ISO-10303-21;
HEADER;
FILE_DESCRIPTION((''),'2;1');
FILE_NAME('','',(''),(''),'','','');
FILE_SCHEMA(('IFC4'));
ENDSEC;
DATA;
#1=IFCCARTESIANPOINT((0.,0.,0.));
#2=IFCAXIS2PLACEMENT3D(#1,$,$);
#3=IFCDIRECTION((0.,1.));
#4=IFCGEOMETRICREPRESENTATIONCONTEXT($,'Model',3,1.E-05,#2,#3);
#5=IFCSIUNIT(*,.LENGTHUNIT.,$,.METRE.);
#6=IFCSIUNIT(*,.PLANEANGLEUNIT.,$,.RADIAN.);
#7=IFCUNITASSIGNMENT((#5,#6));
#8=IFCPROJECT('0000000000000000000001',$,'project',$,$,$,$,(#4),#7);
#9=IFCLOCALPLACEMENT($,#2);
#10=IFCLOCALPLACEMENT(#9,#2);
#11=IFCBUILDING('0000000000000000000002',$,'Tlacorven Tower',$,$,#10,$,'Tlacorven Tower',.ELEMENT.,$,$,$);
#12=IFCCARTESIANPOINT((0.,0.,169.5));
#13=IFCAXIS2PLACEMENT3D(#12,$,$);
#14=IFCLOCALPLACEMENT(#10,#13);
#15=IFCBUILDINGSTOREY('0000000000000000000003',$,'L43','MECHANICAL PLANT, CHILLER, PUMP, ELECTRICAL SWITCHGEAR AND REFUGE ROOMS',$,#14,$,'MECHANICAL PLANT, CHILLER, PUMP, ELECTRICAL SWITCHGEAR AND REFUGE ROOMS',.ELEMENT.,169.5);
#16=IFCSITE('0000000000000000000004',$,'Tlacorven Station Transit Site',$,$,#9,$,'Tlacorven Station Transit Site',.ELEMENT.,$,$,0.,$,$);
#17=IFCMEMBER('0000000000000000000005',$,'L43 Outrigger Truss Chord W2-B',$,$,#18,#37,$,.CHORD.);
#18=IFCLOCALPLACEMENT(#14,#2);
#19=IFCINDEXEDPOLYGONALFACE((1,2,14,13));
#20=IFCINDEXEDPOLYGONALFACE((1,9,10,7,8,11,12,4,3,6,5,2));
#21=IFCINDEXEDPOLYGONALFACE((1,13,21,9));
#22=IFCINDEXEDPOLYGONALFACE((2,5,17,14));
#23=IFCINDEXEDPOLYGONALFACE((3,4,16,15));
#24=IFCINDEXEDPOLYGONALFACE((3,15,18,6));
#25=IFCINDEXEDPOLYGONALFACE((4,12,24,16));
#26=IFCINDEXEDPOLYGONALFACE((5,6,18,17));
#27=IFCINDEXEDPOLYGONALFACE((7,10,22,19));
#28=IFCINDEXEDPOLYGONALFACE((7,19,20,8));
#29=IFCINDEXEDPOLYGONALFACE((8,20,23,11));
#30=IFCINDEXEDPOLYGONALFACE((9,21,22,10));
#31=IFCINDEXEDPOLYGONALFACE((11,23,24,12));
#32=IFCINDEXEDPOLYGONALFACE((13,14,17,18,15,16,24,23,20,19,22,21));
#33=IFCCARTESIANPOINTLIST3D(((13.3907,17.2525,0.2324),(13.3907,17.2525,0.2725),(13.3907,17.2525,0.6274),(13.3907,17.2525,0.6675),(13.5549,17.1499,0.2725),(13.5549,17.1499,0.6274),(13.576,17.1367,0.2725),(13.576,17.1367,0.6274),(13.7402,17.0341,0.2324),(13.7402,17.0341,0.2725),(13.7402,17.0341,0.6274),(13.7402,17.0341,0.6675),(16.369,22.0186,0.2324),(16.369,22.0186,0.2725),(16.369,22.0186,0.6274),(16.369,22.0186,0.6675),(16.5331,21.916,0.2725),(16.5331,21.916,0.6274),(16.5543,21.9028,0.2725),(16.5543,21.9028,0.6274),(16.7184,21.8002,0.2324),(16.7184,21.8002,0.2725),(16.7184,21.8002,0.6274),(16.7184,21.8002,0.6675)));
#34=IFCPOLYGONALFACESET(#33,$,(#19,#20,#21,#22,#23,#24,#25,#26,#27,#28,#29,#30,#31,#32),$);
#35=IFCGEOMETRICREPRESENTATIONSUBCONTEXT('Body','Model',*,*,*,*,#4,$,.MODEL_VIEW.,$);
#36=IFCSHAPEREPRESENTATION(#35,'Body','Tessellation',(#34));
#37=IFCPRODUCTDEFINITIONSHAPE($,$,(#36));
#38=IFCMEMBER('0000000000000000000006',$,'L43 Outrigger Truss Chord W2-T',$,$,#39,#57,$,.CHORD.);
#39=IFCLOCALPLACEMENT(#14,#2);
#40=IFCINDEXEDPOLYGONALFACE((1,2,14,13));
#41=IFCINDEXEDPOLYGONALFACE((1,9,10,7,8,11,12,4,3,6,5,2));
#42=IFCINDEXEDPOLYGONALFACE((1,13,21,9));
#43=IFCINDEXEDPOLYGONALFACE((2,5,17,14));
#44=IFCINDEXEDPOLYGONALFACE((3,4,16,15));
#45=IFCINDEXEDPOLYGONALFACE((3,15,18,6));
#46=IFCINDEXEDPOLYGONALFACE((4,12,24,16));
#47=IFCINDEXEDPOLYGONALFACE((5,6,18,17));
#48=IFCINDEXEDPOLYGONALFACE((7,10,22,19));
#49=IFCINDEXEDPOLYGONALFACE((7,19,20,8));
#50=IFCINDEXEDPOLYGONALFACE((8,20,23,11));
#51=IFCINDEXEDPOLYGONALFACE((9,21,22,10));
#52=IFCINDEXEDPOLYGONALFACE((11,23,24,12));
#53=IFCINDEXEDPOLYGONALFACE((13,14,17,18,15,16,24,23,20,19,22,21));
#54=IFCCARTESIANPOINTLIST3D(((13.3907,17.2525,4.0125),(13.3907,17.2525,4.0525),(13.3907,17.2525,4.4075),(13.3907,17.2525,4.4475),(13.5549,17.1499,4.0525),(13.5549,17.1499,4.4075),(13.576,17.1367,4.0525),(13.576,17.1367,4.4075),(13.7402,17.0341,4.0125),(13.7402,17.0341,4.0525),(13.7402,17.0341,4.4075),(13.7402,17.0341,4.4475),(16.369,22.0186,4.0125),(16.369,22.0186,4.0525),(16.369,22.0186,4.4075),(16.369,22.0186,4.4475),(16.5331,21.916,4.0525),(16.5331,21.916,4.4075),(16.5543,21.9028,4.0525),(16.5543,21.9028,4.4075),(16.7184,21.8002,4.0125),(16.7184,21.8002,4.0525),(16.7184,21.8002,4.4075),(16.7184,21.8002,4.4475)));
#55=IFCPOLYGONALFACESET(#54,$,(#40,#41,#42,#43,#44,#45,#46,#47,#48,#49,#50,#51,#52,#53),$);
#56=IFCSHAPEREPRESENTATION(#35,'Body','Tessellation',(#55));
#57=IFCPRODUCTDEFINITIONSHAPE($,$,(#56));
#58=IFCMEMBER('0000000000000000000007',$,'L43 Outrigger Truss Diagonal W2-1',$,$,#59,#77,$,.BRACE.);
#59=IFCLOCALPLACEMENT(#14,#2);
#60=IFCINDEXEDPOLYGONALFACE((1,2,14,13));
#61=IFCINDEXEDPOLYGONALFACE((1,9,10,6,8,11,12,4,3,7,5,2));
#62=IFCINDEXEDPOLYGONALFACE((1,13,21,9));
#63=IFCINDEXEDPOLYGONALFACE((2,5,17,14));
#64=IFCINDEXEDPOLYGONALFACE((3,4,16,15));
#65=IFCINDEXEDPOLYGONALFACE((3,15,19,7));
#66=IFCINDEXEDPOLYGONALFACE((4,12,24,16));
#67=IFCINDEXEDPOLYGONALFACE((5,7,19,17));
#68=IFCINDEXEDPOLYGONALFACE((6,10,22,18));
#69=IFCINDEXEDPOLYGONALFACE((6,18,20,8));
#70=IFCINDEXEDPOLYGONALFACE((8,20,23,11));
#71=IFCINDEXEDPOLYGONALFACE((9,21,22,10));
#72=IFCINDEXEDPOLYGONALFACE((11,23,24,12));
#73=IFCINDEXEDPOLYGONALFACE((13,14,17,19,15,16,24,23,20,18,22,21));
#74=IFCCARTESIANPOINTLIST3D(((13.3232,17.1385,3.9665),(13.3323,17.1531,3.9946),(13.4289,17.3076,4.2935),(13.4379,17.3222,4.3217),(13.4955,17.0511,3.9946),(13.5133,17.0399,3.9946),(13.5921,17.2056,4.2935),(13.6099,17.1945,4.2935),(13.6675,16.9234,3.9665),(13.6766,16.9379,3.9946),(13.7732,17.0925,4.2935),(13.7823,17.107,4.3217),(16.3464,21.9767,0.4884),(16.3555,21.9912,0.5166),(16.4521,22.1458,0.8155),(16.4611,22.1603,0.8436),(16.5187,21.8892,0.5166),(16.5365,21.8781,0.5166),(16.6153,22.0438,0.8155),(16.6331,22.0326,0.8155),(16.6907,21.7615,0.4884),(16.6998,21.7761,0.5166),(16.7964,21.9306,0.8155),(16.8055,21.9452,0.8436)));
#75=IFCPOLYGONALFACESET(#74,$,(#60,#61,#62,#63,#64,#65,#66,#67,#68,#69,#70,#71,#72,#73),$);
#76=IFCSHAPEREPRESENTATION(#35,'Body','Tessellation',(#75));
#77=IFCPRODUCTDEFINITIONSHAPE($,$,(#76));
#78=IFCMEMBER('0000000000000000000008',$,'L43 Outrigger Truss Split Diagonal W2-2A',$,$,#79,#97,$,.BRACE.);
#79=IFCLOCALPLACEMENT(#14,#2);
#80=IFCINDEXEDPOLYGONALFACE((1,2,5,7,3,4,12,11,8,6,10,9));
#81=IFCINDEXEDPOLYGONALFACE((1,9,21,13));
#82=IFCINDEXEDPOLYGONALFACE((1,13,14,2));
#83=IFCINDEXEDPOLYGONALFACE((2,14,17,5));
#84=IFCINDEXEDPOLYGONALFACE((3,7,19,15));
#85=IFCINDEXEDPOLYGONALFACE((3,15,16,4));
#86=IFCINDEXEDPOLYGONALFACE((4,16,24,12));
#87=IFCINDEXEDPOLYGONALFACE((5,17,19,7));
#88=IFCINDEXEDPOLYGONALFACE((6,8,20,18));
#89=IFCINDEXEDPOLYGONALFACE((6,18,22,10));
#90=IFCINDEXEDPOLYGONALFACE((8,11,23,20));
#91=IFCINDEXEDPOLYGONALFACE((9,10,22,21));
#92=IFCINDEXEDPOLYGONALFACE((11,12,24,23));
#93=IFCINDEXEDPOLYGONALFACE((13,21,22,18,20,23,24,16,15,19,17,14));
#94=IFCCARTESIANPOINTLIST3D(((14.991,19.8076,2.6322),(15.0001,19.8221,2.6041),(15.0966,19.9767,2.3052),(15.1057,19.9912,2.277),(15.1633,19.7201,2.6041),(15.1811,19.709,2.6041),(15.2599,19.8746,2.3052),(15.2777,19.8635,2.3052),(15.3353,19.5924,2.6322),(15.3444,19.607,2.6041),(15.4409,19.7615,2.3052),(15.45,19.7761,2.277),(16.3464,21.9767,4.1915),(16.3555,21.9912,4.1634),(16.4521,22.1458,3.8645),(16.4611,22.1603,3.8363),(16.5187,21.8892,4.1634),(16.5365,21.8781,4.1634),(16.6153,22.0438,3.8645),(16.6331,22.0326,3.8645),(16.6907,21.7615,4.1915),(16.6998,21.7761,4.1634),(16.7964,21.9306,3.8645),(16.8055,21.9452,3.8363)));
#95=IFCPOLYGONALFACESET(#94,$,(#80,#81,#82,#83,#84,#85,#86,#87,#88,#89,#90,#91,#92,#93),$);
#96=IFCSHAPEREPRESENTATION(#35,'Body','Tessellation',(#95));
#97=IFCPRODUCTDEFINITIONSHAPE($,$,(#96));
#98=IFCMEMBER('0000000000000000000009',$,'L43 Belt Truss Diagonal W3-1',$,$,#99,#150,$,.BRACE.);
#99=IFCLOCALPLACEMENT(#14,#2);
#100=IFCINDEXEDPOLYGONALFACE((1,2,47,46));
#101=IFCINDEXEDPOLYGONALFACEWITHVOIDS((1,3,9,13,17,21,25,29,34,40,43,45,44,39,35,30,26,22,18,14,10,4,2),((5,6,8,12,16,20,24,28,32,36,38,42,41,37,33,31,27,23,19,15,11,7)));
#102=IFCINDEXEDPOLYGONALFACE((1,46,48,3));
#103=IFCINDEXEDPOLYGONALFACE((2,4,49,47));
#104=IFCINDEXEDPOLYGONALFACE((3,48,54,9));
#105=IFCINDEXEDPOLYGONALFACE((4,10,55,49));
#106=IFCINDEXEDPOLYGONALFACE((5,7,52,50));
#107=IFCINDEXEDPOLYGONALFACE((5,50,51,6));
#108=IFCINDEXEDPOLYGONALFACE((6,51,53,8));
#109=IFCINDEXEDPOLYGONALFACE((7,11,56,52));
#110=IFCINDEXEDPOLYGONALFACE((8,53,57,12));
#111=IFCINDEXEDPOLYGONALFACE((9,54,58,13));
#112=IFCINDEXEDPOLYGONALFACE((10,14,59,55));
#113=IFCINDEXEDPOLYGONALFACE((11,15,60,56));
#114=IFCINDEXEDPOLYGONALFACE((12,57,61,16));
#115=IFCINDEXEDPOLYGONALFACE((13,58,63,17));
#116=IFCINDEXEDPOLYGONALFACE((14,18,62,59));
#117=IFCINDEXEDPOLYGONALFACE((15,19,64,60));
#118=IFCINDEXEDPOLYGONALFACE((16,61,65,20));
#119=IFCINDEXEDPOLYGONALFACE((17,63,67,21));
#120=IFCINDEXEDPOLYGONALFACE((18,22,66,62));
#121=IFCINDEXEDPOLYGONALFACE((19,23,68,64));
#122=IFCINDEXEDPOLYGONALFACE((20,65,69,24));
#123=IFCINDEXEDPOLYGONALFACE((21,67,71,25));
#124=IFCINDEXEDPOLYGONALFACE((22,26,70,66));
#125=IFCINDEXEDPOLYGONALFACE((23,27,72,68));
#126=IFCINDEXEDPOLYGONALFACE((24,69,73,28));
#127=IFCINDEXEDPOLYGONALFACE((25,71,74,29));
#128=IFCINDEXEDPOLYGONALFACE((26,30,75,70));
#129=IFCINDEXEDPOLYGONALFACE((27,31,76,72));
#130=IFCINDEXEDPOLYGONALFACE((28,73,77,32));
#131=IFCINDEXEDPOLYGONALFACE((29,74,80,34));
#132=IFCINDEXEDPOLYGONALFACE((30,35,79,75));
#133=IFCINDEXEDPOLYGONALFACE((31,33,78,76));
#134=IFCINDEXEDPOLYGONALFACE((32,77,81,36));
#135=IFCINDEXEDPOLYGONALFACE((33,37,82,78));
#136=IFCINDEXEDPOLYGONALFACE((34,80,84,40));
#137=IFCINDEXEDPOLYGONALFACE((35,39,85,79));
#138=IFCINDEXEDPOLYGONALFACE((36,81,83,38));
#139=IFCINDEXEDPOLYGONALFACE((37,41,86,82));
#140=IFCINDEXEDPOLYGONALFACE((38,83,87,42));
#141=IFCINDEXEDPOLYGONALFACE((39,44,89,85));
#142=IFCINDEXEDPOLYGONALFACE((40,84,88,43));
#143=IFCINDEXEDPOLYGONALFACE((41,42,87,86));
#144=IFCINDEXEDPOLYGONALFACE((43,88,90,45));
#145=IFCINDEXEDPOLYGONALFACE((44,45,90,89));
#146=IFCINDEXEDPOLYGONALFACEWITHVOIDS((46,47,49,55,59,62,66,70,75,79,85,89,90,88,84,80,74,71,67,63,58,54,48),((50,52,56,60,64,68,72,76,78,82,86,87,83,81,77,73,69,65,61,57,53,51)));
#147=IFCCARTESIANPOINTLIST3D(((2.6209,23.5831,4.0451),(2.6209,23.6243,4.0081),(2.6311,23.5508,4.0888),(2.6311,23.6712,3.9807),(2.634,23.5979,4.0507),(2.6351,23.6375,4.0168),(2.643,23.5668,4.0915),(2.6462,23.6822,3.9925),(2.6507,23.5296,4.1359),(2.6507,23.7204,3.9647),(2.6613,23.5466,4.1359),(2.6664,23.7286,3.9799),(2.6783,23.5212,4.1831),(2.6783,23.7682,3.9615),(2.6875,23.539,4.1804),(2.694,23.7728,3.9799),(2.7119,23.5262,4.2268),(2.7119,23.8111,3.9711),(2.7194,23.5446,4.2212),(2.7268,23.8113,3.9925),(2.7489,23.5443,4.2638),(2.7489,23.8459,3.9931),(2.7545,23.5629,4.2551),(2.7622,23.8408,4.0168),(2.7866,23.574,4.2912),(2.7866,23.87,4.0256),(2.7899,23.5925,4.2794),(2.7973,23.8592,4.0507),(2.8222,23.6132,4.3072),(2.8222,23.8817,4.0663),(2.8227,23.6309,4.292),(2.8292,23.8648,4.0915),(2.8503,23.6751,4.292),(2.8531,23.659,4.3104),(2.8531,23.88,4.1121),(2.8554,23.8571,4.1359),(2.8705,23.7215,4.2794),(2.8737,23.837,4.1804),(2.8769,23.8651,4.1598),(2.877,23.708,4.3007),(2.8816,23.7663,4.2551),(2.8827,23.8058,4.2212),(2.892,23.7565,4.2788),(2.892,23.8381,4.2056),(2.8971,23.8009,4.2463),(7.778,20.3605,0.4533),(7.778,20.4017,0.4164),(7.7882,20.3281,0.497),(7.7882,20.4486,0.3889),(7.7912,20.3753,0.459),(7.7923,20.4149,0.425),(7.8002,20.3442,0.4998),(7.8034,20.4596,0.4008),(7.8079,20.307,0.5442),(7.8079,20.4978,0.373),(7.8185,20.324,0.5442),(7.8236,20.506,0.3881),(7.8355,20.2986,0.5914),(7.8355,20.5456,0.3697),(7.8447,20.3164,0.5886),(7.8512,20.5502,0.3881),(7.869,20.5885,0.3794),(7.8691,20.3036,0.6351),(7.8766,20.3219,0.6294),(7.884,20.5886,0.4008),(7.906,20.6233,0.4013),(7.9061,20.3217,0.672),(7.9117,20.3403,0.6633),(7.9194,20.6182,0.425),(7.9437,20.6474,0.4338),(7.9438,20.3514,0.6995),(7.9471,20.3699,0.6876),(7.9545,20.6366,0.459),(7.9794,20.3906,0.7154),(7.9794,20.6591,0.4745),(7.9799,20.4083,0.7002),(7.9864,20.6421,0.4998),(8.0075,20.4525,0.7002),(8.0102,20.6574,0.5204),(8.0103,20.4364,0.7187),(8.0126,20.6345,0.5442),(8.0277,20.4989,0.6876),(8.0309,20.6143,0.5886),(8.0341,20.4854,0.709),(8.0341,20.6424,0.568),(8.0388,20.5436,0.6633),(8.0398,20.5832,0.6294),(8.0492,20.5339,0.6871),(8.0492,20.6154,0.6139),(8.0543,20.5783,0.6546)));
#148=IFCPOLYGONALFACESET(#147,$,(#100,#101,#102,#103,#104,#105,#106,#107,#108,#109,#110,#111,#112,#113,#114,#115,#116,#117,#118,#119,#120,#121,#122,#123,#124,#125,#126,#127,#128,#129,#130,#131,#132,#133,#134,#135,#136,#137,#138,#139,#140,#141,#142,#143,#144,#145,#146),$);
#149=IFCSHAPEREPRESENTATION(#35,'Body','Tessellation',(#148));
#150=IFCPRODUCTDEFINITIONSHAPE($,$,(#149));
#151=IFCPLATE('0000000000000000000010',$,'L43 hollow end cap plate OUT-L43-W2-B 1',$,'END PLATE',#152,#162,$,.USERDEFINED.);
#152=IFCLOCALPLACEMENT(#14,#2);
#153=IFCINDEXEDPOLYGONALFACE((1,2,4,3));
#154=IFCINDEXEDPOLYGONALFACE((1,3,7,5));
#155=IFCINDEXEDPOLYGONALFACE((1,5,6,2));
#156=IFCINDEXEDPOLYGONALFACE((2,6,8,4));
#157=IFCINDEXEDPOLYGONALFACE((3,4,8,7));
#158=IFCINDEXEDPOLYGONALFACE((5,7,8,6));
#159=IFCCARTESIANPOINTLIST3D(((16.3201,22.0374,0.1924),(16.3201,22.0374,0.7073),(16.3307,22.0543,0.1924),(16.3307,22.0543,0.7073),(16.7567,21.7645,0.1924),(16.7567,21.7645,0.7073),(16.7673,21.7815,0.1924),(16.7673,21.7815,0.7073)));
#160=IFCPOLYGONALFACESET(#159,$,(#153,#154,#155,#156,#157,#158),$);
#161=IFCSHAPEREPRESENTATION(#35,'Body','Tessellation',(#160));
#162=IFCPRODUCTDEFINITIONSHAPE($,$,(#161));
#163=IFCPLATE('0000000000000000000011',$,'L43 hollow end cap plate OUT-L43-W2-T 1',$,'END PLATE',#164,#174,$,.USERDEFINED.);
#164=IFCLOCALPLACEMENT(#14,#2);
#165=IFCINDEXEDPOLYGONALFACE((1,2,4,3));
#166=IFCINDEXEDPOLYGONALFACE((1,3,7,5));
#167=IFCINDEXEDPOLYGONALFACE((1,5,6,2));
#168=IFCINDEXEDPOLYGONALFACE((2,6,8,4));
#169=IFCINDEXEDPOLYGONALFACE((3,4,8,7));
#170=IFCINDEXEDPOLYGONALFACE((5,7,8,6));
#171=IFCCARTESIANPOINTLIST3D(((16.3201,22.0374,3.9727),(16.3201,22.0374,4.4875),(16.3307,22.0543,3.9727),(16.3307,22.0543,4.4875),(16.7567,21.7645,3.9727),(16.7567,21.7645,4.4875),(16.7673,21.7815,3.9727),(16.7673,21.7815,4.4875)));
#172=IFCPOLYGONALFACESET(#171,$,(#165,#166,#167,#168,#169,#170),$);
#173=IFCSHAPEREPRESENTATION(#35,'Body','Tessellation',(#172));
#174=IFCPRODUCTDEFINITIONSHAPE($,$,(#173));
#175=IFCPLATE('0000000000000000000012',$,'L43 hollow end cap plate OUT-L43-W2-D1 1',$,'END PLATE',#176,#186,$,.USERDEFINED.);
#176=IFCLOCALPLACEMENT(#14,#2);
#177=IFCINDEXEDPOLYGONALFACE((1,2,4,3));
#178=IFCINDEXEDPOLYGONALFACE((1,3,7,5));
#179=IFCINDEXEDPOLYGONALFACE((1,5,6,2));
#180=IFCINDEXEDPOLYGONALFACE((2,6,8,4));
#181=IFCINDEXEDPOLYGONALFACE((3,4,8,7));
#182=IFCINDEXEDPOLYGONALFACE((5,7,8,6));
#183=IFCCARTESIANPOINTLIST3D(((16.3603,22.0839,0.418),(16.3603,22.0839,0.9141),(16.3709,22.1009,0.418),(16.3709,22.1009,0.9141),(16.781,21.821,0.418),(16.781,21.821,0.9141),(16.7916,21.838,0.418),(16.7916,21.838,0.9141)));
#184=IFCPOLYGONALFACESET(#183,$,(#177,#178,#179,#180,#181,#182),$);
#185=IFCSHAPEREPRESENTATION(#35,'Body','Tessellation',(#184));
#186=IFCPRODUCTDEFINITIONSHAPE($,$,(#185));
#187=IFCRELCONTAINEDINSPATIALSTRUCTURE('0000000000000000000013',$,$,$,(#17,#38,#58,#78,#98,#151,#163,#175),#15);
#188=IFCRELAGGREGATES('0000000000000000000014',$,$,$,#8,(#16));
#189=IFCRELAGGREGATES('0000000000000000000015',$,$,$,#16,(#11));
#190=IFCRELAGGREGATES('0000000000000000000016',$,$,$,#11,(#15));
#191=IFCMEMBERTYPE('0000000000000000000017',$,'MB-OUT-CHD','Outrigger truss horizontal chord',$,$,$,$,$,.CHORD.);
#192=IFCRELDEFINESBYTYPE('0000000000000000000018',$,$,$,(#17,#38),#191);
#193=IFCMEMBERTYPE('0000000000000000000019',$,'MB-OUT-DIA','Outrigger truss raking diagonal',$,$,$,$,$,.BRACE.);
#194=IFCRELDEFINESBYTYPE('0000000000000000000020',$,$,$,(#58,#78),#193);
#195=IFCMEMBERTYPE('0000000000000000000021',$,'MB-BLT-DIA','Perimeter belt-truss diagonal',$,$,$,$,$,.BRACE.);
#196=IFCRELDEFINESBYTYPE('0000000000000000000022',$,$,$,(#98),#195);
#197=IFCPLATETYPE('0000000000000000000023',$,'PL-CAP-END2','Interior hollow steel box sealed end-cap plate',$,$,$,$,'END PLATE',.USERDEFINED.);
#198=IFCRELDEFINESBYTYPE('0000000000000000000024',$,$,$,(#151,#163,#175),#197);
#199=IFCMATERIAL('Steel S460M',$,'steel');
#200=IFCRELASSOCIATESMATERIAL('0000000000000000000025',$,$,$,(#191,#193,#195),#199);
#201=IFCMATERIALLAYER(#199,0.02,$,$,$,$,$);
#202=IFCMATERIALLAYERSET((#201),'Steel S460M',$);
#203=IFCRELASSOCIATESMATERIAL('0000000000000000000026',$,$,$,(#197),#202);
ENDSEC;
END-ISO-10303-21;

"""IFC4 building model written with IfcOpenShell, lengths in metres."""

from ifc_helpers import new_model, si_unit, direction, frame, origin, origin_2d, place, context, subcontext, project, spatial, rectangle, hollow_circle, i_section, extrude, source, transform, mapped, material, layer, layer_set, material_profile, profile_set, type_object, element, save


model = new_model("IFC4")

# Units and contexts
model_context = context("Model", 3, precision=1e-05, world=origin(), true_north=direction((0.0, 1.0)))
body_context = subcontext(model_context, "Body", "Model", "MODEL_VIEW")
ifc_project = project(units=[si_unit("LENGTHUNIT", "METRE"), si_unit("PLANEANGLEUNIT", "RADIAN")], contexts=[model_context])

# Site, building, storey
site_placement = place(None, origin())
site = spatial("IfcSite", under=ifc_project, at=site_placement, Name="Tlacorven Station Transit Site", LongName="Tlacorven Station Transit Site", CompositionType="ELEMENT", RefElevation=0.0)
building_placement = place(site_placement, origin())
building = spatial("IfcBuilding", under=site, at=building_placement, Name="Tlacorven Tower", LongName="Tlacorven Tower", CompositionType="ELEMENT")
storey_placement = place(building_placement, frame((0.0, 0.0, 169.5)))
storey = spatial("IfcBuildingStorey", under=building, at=storey_placement, Name="L43", Description="MECHANICAL PLANT, CHILLER, PUMP, ELECTRICAL SWITCHGEAR AND REFUGE ROOMS", LongName="MECHANICAL PLANT, CHILLER, PUMP, ELECTRICAL SWITCHGEAR AND REFUGE ROOMS", CompositionType="ELEMENT", Elevation=169.5)

# Shared definitions
ifc_material_1 = material(Name="Steel S460M", Category="steel")

# Members
ifc_material_profile_1 = material_profile(ifc_material_1, i_section(OverallWidth=0.4121, OverallDepth=0.4351, WebThickness=0.0249, FlangeThickness=0.04, at=origin_2d()), Name="HD 400X463")
ifc_profile_set_1 = profile_set([ifc_material_profile_1], Name="Steel S460M")
member_type_1 = type_object("IfcMemberType", Name="MB-OUT-CHD", Description="Outrigger truss horizontal chord", PredefinedType="CHORD", material=ifc_profile_set_1)
shared_shape_1 = source(origin(), body_context, "Body", "SweptSolid", [
    extrude(i_section(OverallWidth=0.4121, OverallDepth=0.4351, WebThickness=0.0249, FlangeThickness=0.04, at=origin_2d()), origin(), (0.0, 0.0, 1.0), 5.6201),
])
for number, where, z_axis, x_axis, name in (
    (1, (16.5437, 21.9094, 0.45), (-0.529929, -0.848042, 0.0), (0.848042, -0.529929, 0.0), "L43 Outrigger Truss Chord W2-B"),
    (2, (16.5437, 21.9094, 4.23), (-0.529929, -0.848042, 0.0), (0.848042, -0.529929, 0.0), "L43 Outrigger Truss Chord W2-T"),
):
    element("IfcMember", number, at=place(storey_placement, frame(where, z_axis=z_axis, x_axis=x_axis)), inside=storey, type_object=member_type_1, Name=name, PredefinedType="CHORD", context=body_context, shape_type="MappedRepresentation", body=[
        mapped(shared_shape_1, transform((0.0, 0.0, 0.0), scale=1.0)),
    ])
ifc_material_profile_2 = material_profile(ifc_material_1, i_section(OverallWidth=0.406, OverallDepth=0.416, WebThickness=0.021, FlangeThickness=0.033, at=origin_2d()), Name="HD 400X382")
ifc_profile_set_2 = profile_set([ifc_material_profile_2], Name="Steel S460M")
member_type_2 = type_object("IfcMemberType", Name="MB-OUT-DIA", Description="Outrigger truss raking diagonal", PredefinedType="BRACE", material=ifc_profile_set_2)
shared_shape_2 = source(origin(), body_context, "Body", "SweptSolid", [
    extrude(i_section(OverallWidth=0.406, OverallDepth=0.416, WebThickness=0.021, FlangeThickness=0.033, at=origin_2d()), origin(), (0.0, 0.0, 1.0), 6.6816),
])
member_1_placement = place(storey_placement, frame((16.5759, 21.9609, 0.666), z_axis=(-0.452465, -0.724097, 0.520537), x_axis=(0.848049, -0.529918, 0.0)))
element("IfcMember", 3, at=member_1_placement, inside=storey, type_object=member_type_2, Name="L43 Outrigger Truss Diagonal W2-1", PredefinedType="BRACE", context=body_context, shape_type="MappedRepresentation", body=[
    mapped(shared_shape_2, transform((0.0, 0.0, 0.0), scale=1.0)),
])
shared_shape_3 = source(origin(), body_context, "Body", "SweptSolid", [
    extrude(i_section(OverallWidth=0.406, OverallDepth=0.416, WebThickness=0.021, FlangeThickness=0.033, at=origin_2d()), origin(), (0.0, 0.0, 1.0), 2.9956),
])
member_2_placement = place(storey_placement, frame((16.5759, 21.9609, 4.0139), z_axis=(-0.452473, -0.724103, -0.520523), x_axis=(0.848047, -0.529922, 0.0)))
element("IfcMember", 4, at=member_2_placement, inside=storey, type_object=member_type_2, Name="L43 Outrigger Truss Split Diagonal W2-2A", PredefinedType="BRACE", context=body_context, shape_type="MappedRepresentation", body=[
    mapped(shared_shape_3, transform((0.0, 0.0, 0.0), scale=1.0)),
])
ifc_material_profile_3 = material_profile(ifc_material_1, hollow_circle(Radius=0.2031, WallThickness=0.02, at=origin_2d()), Name="CHS 406.4X20")
ifc_profile_set_3 = profile_set([ifc_material_profile_3], Name="Steel S460M")
member_type_3 = type_object("IfcMemberType", Name="MB-BLT-DIA", Description="Perimeter belt-truss diagonal", PredefinedType="BRACE", material=ifc_profile_set_3)
shared_shape_4 = source(origin(), body_context, "Body", "SweptSolid", [
    extrude(hollow_circle(Radius=0.2031, WallThickness=0.02, at=origin_2d()), origin(), (0.0, 0.0, 1.0), 7.0627),
])
member_3_placement = place(storey_placement, frame((7.9155, 20.4792, 0.5442), z_axis=(-0.730193, 0.456284, 0.50855), x_axis=(-0.529927, -0.848043, 0.0)))
element("IfcMember", 5, at=member_3_placement, inside=storey, type_object=member_type_3, Name="L43 Belt Truss Diagonal W3-1", PredefinedType="BRACE", context=body_context, shape_type="MappedRepresentation", body=[
    mapped(shared_shape_4, transform((0.0, 0.0, 0.0), scale=1.0)),
])

# Plates
ifc_layer_1 = layer(ifc_material_1, 0.02)
ifc_layer_set_1 = layer_set([ifc_layer_1], Name="Steel S460M")
plate_type_1 = type_object("IfcPlateType", Name="PL-CAP-END2", Description="Interior hollow steel box sealed end-cap plate", ElementType="END PLATE", PredefinedType="USERDEFINED", material=ifc_layer_set_1)
shared_shape_5 = source(origin(), body_context, "Body", "SweptSolid", [
    extrude(rectangle(XDim=0.02, YDim=0.5149, at=origin_2d()), origin(), (0.0, 0.0, 1.0), 0.5149),
])
for number, where, z_axis, x_axis, name in (
    (6, (16.5437, 21.9094, 0.1924), (0.0, 0.0, 1.0), (-0.529919, -0.848048, 0.0), "L43 hollow end cap plate OUT-L43-W2-B 1"),
    (7, (16.5437, 21.9094, 3.9727), (0.0, 0.0, 1.0), (-0.529919, -0.848048, 0.0), "L43 hollow end cap plate OUT-L43-W2-T 1"),
):
    element("IfcPlate", number, at=place(storey_placement, frame(where, z_axis=z_axis, x_axis=x_axis)), inside=storey, type_object=plate_type_1, Name=name, ObjectType="END PLATE", PredefinedType="USERDEFINED", context=body_context, shape_type="MappedRepresentation", body=[
        mapped(shared_shape_5, transform((0.0, 0.0, 0.0), scale=1.0)),
    ])
shared_shape_6 = source(origin(), body_context, "Body", "SweptSolid", [
    extrude(rectangle(XDim=0.02, YDim=0.4961, at=origin_2d()), origin(), (0.0, 0.0, 1.0), 0.4961),
])
for number, where, z_axis, x_axis, name in (
    (8, (16.5759, 21.9609, 0.418), (0.0, 0.0, 1.0), (-0.529919, -0.848048, 0.0), "L43 hollow end cap plate OUT-L43-W2-D1 1"),
):
    element("IfcPlate", number, at=place(storey_placement, frame(where, z_axis=z_axis, x_axis=x_axis)), inside=storey, type_object=plate_type_1, Name=name, ObjectType="END PLATE", PredefinedType="USERDEFINED", context=body_context, shape_type="MappedRepresentation", body=[
        mapped(shared_shape_6, transform((0.0, 0.0, 0.0), scale=1.0)),
    ])

save(model, "model.ifc")
